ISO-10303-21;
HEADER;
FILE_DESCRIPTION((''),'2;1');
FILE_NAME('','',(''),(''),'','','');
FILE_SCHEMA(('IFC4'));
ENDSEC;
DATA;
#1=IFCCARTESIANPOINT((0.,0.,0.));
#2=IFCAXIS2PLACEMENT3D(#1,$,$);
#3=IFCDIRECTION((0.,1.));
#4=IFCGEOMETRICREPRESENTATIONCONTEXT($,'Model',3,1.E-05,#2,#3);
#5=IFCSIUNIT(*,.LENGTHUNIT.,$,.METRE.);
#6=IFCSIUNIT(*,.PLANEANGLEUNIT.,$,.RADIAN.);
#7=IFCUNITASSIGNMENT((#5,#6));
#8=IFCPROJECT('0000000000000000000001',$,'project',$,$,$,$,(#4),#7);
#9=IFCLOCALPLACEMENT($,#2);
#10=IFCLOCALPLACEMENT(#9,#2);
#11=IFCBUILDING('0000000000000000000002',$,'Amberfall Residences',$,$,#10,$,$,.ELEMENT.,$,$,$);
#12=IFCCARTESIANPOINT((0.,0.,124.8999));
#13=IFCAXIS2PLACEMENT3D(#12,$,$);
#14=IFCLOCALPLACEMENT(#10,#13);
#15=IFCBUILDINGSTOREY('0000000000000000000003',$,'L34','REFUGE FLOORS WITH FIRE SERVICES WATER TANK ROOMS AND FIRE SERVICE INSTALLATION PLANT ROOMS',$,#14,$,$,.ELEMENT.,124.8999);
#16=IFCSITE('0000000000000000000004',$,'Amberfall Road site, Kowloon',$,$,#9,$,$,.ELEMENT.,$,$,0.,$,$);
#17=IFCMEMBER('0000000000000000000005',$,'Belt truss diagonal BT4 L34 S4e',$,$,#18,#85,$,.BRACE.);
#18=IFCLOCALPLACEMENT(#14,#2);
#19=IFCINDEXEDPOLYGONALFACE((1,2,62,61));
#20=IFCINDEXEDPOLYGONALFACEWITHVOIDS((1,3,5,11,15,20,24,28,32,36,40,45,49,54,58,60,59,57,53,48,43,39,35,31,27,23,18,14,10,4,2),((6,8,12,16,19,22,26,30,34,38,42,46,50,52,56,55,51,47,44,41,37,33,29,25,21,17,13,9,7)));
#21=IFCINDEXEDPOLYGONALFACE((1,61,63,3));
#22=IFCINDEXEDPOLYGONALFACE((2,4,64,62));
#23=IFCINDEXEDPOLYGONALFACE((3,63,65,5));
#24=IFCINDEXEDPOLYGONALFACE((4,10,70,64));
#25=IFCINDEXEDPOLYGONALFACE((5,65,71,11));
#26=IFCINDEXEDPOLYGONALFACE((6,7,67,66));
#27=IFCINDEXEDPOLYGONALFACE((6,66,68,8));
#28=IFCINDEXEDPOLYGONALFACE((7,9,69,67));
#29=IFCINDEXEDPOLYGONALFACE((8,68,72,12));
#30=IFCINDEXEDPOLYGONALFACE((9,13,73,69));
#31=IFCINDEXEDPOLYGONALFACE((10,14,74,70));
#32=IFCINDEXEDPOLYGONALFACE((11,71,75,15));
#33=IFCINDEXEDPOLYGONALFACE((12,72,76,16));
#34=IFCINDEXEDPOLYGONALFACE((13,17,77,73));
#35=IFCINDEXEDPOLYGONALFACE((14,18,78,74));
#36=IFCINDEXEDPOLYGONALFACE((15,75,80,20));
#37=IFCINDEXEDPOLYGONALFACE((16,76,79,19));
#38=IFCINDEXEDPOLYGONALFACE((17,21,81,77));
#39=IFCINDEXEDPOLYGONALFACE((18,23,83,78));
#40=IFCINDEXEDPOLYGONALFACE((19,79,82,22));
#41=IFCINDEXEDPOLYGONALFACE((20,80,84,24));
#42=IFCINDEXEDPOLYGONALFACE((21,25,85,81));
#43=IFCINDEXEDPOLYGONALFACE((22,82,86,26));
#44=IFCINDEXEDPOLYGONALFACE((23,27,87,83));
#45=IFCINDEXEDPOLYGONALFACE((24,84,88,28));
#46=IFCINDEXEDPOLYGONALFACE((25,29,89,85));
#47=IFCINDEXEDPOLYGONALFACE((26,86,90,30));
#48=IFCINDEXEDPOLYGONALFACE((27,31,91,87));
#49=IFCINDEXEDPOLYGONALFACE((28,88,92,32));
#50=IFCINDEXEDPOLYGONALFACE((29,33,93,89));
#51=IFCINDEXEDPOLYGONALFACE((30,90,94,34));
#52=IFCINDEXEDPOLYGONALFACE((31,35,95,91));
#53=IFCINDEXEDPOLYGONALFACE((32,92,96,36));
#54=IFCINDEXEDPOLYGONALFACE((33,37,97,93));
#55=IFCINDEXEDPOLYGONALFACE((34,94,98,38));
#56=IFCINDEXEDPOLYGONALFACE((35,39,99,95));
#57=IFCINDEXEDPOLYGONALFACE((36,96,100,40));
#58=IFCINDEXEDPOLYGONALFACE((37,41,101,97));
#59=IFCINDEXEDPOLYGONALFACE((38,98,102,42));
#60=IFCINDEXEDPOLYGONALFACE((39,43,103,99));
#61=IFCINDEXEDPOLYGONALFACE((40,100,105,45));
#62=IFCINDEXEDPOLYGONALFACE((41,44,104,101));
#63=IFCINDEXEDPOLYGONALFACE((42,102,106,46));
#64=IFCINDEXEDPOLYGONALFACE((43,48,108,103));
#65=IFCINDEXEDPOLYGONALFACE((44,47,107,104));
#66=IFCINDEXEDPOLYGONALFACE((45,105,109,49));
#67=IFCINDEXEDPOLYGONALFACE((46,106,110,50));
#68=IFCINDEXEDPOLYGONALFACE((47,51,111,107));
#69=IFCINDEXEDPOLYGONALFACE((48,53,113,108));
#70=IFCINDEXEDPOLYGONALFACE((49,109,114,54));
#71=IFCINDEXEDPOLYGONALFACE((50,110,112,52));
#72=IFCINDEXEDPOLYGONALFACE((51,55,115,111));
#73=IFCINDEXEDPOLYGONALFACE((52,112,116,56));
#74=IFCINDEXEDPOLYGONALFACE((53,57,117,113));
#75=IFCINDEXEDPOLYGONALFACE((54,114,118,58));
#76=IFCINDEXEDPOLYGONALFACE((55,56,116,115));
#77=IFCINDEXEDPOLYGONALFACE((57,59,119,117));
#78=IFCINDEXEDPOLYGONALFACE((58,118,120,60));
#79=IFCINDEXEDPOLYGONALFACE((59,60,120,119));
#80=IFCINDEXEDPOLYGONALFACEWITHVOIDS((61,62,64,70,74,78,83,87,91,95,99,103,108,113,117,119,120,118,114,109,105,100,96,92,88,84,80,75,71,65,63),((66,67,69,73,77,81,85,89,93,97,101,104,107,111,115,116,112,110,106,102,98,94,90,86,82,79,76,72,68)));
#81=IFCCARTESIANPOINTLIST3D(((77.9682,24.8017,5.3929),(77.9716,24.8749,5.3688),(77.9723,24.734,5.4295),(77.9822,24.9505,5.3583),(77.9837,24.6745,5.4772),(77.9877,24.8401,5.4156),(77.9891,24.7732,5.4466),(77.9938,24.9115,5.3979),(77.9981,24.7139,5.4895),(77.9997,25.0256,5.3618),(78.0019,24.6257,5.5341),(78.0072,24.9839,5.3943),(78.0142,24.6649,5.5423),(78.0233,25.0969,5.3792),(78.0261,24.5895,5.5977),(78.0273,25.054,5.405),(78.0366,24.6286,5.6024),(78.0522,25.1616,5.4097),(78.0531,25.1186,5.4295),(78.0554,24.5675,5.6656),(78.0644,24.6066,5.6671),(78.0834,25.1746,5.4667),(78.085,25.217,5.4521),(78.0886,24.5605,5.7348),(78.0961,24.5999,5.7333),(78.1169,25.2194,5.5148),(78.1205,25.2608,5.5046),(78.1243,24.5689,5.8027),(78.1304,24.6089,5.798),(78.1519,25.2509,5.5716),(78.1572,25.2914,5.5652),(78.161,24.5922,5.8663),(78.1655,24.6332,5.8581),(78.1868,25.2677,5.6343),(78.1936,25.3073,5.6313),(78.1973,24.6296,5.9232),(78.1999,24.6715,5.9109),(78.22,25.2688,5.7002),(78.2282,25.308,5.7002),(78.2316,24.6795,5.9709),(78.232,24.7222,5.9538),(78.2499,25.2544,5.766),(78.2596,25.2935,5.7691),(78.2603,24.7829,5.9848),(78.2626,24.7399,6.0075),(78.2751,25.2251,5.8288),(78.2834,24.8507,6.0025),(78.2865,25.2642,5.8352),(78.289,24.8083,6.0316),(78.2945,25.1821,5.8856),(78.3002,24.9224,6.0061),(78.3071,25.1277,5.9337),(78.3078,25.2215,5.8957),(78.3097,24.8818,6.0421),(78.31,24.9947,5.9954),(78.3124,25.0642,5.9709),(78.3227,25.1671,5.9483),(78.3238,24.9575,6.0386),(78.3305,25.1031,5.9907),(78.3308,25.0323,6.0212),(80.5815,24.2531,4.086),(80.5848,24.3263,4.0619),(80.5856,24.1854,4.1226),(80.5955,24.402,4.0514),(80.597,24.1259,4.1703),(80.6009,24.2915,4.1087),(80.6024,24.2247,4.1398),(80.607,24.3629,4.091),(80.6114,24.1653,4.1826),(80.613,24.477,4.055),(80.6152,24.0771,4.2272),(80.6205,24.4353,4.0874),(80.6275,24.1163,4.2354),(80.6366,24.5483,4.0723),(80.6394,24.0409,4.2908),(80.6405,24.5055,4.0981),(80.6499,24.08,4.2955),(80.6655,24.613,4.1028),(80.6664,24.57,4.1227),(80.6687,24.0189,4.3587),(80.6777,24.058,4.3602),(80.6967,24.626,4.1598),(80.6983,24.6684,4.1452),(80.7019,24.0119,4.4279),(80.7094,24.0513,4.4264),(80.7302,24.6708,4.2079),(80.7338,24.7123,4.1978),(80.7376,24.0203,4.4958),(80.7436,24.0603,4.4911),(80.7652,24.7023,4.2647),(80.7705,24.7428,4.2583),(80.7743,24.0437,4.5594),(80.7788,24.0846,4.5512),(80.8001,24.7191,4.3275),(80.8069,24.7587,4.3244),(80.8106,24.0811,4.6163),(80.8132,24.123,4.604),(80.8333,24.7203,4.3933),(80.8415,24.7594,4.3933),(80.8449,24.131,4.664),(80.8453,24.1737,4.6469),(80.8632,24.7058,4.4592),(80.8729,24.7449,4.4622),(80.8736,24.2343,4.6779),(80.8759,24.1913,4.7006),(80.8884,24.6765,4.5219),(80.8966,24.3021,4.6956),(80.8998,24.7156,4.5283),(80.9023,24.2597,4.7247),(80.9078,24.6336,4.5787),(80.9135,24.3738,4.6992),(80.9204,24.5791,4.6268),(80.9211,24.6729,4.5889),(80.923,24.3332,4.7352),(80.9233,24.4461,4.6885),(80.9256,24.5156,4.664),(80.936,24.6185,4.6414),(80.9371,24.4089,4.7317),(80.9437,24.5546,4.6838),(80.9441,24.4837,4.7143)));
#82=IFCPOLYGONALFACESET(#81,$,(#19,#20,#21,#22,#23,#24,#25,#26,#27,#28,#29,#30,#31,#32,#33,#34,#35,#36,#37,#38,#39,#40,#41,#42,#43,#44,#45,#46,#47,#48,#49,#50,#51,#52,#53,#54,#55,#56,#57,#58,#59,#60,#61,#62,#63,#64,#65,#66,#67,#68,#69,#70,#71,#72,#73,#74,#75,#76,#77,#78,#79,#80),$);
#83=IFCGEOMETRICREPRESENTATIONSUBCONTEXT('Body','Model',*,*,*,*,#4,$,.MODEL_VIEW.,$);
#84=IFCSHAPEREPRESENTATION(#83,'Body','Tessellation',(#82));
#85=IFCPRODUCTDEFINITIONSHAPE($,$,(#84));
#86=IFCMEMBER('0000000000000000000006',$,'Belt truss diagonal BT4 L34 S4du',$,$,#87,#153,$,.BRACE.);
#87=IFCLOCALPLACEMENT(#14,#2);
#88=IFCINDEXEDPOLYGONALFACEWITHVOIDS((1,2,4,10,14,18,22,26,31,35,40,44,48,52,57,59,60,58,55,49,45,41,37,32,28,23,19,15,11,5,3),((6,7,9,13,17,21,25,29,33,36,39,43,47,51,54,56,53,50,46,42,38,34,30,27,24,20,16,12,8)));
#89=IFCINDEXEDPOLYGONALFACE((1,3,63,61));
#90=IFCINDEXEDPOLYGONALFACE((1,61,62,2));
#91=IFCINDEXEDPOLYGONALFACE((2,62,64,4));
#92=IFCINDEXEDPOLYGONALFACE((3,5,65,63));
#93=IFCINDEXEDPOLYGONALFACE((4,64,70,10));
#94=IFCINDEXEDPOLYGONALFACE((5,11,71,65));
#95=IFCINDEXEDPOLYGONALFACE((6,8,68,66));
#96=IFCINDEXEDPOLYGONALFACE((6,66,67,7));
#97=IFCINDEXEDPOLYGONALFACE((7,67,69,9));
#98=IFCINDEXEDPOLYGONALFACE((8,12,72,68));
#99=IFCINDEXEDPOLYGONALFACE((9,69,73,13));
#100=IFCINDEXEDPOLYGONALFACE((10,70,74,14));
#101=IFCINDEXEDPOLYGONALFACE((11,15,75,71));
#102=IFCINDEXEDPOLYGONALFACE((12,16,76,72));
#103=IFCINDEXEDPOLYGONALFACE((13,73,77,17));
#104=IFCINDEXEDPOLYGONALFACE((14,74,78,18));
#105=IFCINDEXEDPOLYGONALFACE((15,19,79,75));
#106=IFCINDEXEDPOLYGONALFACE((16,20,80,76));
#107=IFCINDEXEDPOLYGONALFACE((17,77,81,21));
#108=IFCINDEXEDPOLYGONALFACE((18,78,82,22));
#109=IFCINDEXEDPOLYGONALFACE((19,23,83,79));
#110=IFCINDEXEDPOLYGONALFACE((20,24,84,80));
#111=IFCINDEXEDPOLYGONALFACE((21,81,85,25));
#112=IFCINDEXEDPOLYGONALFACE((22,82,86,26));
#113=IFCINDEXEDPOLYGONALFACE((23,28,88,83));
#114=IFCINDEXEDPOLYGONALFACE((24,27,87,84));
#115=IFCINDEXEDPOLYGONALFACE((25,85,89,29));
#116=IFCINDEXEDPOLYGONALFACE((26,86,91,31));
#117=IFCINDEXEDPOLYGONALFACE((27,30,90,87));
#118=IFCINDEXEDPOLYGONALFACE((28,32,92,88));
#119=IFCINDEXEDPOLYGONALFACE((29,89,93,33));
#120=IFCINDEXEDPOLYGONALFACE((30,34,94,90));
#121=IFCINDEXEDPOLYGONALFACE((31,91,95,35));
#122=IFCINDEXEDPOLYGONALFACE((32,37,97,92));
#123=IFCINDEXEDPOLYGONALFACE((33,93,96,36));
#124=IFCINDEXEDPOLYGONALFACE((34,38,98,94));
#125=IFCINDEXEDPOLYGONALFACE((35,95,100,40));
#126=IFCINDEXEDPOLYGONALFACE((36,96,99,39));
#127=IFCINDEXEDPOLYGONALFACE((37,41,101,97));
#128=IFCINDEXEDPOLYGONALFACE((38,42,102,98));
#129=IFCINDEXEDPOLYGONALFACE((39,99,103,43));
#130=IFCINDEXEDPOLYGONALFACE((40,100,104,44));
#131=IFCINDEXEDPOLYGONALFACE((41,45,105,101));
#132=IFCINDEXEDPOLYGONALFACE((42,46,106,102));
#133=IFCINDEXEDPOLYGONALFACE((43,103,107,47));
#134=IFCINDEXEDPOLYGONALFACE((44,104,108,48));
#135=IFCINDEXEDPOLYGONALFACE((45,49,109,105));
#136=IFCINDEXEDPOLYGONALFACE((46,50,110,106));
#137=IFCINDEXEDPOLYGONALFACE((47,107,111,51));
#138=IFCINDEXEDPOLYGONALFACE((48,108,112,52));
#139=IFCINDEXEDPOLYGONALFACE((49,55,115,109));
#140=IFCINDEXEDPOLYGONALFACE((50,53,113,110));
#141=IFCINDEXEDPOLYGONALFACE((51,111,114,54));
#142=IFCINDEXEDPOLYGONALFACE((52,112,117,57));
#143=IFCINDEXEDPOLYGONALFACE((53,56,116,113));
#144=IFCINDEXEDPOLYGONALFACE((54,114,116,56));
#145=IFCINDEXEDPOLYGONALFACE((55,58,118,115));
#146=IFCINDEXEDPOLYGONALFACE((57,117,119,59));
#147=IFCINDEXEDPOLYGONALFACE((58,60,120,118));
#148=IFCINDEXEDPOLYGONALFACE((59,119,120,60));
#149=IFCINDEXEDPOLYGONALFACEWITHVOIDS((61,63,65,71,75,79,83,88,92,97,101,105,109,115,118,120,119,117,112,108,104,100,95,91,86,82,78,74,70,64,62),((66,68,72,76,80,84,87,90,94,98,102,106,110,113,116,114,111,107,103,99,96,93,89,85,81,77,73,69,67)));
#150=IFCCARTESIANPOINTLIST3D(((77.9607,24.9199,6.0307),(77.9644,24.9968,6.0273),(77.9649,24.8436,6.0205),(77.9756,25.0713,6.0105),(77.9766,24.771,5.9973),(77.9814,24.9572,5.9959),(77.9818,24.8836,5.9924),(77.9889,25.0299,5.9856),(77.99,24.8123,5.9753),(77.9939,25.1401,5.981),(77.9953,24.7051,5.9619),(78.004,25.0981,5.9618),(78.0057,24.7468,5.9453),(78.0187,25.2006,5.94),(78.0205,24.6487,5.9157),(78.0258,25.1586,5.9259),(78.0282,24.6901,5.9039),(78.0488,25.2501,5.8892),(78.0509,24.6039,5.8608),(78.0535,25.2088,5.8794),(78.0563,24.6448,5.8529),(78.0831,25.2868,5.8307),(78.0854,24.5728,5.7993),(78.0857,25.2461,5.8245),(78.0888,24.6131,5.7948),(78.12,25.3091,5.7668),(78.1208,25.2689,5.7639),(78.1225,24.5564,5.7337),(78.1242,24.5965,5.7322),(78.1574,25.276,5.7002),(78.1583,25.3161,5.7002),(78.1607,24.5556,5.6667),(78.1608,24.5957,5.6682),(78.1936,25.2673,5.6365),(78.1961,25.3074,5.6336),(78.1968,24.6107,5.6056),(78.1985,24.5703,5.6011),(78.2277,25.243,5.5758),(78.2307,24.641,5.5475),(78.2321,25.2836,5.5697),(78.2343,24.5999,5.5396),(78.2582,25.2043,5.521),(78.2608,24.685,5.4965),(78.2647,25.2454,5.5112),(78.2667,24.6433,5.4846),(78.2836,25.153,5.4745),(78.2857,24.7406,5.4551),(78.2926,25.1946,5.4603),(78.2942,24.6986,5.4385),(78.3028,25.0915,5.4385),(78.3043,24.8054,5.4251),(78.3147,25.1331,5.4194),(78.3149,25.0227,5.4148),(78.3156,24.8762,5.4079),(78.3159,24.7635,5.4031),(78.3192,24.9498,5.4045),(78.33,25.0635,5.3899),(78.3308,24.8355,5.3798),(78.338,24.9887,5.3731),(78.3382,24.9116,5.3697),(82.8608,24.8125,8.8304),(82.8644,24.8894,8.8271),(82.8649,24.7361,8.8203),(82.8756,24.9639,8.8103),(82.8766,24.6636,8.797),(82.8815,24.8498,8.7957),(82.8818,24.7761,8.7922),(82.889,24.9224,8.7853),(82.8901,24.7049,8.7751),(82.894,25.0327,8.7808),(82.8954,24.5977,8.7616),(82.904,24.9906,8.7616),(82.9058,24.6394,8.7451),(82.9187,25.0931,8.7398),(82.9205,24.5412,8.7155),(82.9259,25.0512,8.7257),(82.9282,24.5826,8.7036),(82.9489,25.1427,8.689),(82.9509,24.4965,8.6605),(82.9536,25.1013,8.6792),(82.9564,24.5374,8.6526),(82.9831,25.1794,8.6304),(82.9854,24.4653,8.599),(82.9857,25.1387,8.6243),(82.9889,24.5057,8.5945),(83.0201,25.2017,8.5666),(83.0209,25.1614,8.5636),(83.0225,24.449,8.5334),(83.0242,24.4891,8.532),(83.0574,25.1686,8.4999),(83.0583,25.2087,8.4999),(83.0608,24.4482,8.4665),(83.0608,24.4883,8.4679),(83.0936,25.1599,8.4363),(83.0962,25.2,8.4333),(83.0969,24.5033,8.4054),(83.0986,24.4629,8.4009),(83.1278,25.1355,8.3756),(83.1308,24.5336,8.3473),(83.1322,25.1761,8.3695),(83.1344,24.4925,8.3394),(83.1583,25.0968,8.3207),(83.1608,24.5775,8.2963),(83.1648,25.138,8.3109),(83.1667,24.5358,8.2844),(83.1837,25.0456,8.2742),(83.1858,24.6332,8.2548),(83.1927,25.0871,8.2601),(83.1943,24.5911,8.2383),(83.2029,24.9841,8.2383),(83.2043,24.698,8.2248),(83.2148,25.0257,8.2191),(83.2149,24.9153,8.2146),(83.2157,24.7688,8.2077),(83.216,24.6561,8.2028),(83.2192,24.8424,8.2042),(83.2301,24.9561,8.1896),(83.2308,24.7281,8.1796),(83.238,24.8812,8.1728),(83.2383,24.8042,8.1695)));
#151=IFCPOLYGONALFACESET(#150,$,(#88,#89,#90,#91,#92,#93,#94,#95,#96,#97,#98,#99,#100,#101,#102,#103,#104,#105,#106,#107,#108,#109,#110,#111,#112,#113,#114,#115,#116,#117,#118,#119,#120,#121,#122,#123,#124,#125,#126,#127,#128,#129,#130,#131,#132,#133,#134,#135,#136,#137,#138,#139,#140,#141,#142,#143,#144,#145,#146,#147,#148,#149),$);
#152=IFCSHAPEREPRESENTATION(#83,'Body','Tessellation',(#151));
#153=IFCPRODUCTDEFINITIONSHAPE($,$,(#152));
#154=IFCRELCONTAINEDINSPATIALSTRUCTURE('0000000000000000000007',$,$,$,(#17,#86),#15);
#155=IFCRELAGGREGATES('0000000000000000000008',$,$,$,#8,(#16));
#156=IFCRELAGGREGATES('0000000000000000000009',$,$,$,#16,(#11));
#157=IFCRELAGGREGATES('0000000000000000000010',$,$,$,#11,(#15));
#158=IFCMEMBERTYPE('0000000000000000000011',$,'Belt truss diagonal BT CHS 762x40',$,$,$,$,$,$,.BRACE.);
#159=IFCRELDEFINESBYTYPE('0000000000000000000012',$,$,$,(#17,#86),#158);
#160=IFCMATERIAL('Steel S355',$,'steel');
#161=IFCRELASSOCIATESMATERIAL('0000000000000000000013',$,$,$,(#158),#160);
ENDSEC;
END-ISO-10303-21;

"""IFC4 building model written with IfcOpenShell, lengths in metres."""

from ifc_helpers import new_model, si_unit, direction, frame, origin, origin_2d, place, context, subcontext, project, spatial, hollow_circle, extrude, material, material_profile, profile_set, type_object, element, save


model = new_model("IFC4")

# Units and contexts
model_context = context("Model", 3, precision=1e-05, world=origin(), true_north=direction((0.0, 1.0)))
body_context = subcontext(model_context, "Body", "Model", "MODEL_VIEW")
ifc_project = project(units=[si_unit("LENGTHUNIT", "METRE"), si_unit("PLANEANGLEUNIT", "RADIAN")], contexts=[model_context])

# Site, building, storey
site_placement = place(None, origin())
site = spatial("IfcSite", under=ifc_project, at=site_placement, Name="Amberfall Road site, Kowloon", CompositionType="ELEMENT", RefElevation=0.0)
building_placement = place(site_placement, origin())
building = spatial("IfcBuilding", under=site, at=building_placement, Name="Amberfall Residences", CompositionType="ELEMENT")
storey_placement = place(building_placement, frame((0.0, 0.0, 124.8999)))
storey = spatial("IfcBuildingStorey", under=building, at=storey_placement, Name="L34", Description="REFUGE FLOORS WITH FIRE SERVICES WATER TANK ROOMS AND FIRE SERVICE INSTALLATION PLANT ROOMS", CompositionType="ELEMENT", Elevation=124.8999)

# Shared definitions
ifc_material_1 = material(Name="Steel S355", Category="steel")

# Members
ifc_material_profile_1 = material_profile(ifc_material_1, hollow_circle(Radius=0.3811, WallThickness=0.04, at=origin_2d()), Name="CHS 762x40")
ifc_profile_set_1 = profile_set([ifc_material_profile_1], Name="Steel S355")
member_type_1 = type_object("IfcMemberType", Name="Belt truss diagonal BT CHS 762x40", PredefinedType="BRACE", material=ifc_profile_set_1)
member_1_placement = place(storey_placement, frame((78.1499, 24.9351, 5.7002), z_axis=(0.879035, -0.184528, -0.439599), x_axis=(0.205444, 0.978669, 0.0)))
element("IfcMember", 1, at=member_1_placement, inside=storey, type_object=member_type_1, Name="Belt truss diagonal BT4 L34 S4e", PredefinedType="BRACE", context=body_context, shape_type="SweptSolid", body=[
    extrude(hollow_circle(Radius=0.3811, WallThickness=0.04, at=origin_2d()), origin(), (0.0, 0.0, 1.0), 2.9729),
])
member_2_placement = place(storey_placement, frame((78.1499, 24.9351, 5.7002), z_axis=(0.868107, -0.019031, 0.496012), x_axis=(0.021917, 0.99976, 0.0)))
element("IfcMember", 2, at=member_2_placement, inside=storey, type_object=member_type_1, Name="Belt truss diagonal BT4 L34 S4du", PredefinedType="BRACE", context=body_context, shape_type="SweptSolid", body=[
    extrude(hollow_circle(Radius=0.3811, WallThickness=0.04, at=origin_2d()), origin(), (0.0, 0.0, 1.0), 5.6445),
])

save(model, "model.ifc")
